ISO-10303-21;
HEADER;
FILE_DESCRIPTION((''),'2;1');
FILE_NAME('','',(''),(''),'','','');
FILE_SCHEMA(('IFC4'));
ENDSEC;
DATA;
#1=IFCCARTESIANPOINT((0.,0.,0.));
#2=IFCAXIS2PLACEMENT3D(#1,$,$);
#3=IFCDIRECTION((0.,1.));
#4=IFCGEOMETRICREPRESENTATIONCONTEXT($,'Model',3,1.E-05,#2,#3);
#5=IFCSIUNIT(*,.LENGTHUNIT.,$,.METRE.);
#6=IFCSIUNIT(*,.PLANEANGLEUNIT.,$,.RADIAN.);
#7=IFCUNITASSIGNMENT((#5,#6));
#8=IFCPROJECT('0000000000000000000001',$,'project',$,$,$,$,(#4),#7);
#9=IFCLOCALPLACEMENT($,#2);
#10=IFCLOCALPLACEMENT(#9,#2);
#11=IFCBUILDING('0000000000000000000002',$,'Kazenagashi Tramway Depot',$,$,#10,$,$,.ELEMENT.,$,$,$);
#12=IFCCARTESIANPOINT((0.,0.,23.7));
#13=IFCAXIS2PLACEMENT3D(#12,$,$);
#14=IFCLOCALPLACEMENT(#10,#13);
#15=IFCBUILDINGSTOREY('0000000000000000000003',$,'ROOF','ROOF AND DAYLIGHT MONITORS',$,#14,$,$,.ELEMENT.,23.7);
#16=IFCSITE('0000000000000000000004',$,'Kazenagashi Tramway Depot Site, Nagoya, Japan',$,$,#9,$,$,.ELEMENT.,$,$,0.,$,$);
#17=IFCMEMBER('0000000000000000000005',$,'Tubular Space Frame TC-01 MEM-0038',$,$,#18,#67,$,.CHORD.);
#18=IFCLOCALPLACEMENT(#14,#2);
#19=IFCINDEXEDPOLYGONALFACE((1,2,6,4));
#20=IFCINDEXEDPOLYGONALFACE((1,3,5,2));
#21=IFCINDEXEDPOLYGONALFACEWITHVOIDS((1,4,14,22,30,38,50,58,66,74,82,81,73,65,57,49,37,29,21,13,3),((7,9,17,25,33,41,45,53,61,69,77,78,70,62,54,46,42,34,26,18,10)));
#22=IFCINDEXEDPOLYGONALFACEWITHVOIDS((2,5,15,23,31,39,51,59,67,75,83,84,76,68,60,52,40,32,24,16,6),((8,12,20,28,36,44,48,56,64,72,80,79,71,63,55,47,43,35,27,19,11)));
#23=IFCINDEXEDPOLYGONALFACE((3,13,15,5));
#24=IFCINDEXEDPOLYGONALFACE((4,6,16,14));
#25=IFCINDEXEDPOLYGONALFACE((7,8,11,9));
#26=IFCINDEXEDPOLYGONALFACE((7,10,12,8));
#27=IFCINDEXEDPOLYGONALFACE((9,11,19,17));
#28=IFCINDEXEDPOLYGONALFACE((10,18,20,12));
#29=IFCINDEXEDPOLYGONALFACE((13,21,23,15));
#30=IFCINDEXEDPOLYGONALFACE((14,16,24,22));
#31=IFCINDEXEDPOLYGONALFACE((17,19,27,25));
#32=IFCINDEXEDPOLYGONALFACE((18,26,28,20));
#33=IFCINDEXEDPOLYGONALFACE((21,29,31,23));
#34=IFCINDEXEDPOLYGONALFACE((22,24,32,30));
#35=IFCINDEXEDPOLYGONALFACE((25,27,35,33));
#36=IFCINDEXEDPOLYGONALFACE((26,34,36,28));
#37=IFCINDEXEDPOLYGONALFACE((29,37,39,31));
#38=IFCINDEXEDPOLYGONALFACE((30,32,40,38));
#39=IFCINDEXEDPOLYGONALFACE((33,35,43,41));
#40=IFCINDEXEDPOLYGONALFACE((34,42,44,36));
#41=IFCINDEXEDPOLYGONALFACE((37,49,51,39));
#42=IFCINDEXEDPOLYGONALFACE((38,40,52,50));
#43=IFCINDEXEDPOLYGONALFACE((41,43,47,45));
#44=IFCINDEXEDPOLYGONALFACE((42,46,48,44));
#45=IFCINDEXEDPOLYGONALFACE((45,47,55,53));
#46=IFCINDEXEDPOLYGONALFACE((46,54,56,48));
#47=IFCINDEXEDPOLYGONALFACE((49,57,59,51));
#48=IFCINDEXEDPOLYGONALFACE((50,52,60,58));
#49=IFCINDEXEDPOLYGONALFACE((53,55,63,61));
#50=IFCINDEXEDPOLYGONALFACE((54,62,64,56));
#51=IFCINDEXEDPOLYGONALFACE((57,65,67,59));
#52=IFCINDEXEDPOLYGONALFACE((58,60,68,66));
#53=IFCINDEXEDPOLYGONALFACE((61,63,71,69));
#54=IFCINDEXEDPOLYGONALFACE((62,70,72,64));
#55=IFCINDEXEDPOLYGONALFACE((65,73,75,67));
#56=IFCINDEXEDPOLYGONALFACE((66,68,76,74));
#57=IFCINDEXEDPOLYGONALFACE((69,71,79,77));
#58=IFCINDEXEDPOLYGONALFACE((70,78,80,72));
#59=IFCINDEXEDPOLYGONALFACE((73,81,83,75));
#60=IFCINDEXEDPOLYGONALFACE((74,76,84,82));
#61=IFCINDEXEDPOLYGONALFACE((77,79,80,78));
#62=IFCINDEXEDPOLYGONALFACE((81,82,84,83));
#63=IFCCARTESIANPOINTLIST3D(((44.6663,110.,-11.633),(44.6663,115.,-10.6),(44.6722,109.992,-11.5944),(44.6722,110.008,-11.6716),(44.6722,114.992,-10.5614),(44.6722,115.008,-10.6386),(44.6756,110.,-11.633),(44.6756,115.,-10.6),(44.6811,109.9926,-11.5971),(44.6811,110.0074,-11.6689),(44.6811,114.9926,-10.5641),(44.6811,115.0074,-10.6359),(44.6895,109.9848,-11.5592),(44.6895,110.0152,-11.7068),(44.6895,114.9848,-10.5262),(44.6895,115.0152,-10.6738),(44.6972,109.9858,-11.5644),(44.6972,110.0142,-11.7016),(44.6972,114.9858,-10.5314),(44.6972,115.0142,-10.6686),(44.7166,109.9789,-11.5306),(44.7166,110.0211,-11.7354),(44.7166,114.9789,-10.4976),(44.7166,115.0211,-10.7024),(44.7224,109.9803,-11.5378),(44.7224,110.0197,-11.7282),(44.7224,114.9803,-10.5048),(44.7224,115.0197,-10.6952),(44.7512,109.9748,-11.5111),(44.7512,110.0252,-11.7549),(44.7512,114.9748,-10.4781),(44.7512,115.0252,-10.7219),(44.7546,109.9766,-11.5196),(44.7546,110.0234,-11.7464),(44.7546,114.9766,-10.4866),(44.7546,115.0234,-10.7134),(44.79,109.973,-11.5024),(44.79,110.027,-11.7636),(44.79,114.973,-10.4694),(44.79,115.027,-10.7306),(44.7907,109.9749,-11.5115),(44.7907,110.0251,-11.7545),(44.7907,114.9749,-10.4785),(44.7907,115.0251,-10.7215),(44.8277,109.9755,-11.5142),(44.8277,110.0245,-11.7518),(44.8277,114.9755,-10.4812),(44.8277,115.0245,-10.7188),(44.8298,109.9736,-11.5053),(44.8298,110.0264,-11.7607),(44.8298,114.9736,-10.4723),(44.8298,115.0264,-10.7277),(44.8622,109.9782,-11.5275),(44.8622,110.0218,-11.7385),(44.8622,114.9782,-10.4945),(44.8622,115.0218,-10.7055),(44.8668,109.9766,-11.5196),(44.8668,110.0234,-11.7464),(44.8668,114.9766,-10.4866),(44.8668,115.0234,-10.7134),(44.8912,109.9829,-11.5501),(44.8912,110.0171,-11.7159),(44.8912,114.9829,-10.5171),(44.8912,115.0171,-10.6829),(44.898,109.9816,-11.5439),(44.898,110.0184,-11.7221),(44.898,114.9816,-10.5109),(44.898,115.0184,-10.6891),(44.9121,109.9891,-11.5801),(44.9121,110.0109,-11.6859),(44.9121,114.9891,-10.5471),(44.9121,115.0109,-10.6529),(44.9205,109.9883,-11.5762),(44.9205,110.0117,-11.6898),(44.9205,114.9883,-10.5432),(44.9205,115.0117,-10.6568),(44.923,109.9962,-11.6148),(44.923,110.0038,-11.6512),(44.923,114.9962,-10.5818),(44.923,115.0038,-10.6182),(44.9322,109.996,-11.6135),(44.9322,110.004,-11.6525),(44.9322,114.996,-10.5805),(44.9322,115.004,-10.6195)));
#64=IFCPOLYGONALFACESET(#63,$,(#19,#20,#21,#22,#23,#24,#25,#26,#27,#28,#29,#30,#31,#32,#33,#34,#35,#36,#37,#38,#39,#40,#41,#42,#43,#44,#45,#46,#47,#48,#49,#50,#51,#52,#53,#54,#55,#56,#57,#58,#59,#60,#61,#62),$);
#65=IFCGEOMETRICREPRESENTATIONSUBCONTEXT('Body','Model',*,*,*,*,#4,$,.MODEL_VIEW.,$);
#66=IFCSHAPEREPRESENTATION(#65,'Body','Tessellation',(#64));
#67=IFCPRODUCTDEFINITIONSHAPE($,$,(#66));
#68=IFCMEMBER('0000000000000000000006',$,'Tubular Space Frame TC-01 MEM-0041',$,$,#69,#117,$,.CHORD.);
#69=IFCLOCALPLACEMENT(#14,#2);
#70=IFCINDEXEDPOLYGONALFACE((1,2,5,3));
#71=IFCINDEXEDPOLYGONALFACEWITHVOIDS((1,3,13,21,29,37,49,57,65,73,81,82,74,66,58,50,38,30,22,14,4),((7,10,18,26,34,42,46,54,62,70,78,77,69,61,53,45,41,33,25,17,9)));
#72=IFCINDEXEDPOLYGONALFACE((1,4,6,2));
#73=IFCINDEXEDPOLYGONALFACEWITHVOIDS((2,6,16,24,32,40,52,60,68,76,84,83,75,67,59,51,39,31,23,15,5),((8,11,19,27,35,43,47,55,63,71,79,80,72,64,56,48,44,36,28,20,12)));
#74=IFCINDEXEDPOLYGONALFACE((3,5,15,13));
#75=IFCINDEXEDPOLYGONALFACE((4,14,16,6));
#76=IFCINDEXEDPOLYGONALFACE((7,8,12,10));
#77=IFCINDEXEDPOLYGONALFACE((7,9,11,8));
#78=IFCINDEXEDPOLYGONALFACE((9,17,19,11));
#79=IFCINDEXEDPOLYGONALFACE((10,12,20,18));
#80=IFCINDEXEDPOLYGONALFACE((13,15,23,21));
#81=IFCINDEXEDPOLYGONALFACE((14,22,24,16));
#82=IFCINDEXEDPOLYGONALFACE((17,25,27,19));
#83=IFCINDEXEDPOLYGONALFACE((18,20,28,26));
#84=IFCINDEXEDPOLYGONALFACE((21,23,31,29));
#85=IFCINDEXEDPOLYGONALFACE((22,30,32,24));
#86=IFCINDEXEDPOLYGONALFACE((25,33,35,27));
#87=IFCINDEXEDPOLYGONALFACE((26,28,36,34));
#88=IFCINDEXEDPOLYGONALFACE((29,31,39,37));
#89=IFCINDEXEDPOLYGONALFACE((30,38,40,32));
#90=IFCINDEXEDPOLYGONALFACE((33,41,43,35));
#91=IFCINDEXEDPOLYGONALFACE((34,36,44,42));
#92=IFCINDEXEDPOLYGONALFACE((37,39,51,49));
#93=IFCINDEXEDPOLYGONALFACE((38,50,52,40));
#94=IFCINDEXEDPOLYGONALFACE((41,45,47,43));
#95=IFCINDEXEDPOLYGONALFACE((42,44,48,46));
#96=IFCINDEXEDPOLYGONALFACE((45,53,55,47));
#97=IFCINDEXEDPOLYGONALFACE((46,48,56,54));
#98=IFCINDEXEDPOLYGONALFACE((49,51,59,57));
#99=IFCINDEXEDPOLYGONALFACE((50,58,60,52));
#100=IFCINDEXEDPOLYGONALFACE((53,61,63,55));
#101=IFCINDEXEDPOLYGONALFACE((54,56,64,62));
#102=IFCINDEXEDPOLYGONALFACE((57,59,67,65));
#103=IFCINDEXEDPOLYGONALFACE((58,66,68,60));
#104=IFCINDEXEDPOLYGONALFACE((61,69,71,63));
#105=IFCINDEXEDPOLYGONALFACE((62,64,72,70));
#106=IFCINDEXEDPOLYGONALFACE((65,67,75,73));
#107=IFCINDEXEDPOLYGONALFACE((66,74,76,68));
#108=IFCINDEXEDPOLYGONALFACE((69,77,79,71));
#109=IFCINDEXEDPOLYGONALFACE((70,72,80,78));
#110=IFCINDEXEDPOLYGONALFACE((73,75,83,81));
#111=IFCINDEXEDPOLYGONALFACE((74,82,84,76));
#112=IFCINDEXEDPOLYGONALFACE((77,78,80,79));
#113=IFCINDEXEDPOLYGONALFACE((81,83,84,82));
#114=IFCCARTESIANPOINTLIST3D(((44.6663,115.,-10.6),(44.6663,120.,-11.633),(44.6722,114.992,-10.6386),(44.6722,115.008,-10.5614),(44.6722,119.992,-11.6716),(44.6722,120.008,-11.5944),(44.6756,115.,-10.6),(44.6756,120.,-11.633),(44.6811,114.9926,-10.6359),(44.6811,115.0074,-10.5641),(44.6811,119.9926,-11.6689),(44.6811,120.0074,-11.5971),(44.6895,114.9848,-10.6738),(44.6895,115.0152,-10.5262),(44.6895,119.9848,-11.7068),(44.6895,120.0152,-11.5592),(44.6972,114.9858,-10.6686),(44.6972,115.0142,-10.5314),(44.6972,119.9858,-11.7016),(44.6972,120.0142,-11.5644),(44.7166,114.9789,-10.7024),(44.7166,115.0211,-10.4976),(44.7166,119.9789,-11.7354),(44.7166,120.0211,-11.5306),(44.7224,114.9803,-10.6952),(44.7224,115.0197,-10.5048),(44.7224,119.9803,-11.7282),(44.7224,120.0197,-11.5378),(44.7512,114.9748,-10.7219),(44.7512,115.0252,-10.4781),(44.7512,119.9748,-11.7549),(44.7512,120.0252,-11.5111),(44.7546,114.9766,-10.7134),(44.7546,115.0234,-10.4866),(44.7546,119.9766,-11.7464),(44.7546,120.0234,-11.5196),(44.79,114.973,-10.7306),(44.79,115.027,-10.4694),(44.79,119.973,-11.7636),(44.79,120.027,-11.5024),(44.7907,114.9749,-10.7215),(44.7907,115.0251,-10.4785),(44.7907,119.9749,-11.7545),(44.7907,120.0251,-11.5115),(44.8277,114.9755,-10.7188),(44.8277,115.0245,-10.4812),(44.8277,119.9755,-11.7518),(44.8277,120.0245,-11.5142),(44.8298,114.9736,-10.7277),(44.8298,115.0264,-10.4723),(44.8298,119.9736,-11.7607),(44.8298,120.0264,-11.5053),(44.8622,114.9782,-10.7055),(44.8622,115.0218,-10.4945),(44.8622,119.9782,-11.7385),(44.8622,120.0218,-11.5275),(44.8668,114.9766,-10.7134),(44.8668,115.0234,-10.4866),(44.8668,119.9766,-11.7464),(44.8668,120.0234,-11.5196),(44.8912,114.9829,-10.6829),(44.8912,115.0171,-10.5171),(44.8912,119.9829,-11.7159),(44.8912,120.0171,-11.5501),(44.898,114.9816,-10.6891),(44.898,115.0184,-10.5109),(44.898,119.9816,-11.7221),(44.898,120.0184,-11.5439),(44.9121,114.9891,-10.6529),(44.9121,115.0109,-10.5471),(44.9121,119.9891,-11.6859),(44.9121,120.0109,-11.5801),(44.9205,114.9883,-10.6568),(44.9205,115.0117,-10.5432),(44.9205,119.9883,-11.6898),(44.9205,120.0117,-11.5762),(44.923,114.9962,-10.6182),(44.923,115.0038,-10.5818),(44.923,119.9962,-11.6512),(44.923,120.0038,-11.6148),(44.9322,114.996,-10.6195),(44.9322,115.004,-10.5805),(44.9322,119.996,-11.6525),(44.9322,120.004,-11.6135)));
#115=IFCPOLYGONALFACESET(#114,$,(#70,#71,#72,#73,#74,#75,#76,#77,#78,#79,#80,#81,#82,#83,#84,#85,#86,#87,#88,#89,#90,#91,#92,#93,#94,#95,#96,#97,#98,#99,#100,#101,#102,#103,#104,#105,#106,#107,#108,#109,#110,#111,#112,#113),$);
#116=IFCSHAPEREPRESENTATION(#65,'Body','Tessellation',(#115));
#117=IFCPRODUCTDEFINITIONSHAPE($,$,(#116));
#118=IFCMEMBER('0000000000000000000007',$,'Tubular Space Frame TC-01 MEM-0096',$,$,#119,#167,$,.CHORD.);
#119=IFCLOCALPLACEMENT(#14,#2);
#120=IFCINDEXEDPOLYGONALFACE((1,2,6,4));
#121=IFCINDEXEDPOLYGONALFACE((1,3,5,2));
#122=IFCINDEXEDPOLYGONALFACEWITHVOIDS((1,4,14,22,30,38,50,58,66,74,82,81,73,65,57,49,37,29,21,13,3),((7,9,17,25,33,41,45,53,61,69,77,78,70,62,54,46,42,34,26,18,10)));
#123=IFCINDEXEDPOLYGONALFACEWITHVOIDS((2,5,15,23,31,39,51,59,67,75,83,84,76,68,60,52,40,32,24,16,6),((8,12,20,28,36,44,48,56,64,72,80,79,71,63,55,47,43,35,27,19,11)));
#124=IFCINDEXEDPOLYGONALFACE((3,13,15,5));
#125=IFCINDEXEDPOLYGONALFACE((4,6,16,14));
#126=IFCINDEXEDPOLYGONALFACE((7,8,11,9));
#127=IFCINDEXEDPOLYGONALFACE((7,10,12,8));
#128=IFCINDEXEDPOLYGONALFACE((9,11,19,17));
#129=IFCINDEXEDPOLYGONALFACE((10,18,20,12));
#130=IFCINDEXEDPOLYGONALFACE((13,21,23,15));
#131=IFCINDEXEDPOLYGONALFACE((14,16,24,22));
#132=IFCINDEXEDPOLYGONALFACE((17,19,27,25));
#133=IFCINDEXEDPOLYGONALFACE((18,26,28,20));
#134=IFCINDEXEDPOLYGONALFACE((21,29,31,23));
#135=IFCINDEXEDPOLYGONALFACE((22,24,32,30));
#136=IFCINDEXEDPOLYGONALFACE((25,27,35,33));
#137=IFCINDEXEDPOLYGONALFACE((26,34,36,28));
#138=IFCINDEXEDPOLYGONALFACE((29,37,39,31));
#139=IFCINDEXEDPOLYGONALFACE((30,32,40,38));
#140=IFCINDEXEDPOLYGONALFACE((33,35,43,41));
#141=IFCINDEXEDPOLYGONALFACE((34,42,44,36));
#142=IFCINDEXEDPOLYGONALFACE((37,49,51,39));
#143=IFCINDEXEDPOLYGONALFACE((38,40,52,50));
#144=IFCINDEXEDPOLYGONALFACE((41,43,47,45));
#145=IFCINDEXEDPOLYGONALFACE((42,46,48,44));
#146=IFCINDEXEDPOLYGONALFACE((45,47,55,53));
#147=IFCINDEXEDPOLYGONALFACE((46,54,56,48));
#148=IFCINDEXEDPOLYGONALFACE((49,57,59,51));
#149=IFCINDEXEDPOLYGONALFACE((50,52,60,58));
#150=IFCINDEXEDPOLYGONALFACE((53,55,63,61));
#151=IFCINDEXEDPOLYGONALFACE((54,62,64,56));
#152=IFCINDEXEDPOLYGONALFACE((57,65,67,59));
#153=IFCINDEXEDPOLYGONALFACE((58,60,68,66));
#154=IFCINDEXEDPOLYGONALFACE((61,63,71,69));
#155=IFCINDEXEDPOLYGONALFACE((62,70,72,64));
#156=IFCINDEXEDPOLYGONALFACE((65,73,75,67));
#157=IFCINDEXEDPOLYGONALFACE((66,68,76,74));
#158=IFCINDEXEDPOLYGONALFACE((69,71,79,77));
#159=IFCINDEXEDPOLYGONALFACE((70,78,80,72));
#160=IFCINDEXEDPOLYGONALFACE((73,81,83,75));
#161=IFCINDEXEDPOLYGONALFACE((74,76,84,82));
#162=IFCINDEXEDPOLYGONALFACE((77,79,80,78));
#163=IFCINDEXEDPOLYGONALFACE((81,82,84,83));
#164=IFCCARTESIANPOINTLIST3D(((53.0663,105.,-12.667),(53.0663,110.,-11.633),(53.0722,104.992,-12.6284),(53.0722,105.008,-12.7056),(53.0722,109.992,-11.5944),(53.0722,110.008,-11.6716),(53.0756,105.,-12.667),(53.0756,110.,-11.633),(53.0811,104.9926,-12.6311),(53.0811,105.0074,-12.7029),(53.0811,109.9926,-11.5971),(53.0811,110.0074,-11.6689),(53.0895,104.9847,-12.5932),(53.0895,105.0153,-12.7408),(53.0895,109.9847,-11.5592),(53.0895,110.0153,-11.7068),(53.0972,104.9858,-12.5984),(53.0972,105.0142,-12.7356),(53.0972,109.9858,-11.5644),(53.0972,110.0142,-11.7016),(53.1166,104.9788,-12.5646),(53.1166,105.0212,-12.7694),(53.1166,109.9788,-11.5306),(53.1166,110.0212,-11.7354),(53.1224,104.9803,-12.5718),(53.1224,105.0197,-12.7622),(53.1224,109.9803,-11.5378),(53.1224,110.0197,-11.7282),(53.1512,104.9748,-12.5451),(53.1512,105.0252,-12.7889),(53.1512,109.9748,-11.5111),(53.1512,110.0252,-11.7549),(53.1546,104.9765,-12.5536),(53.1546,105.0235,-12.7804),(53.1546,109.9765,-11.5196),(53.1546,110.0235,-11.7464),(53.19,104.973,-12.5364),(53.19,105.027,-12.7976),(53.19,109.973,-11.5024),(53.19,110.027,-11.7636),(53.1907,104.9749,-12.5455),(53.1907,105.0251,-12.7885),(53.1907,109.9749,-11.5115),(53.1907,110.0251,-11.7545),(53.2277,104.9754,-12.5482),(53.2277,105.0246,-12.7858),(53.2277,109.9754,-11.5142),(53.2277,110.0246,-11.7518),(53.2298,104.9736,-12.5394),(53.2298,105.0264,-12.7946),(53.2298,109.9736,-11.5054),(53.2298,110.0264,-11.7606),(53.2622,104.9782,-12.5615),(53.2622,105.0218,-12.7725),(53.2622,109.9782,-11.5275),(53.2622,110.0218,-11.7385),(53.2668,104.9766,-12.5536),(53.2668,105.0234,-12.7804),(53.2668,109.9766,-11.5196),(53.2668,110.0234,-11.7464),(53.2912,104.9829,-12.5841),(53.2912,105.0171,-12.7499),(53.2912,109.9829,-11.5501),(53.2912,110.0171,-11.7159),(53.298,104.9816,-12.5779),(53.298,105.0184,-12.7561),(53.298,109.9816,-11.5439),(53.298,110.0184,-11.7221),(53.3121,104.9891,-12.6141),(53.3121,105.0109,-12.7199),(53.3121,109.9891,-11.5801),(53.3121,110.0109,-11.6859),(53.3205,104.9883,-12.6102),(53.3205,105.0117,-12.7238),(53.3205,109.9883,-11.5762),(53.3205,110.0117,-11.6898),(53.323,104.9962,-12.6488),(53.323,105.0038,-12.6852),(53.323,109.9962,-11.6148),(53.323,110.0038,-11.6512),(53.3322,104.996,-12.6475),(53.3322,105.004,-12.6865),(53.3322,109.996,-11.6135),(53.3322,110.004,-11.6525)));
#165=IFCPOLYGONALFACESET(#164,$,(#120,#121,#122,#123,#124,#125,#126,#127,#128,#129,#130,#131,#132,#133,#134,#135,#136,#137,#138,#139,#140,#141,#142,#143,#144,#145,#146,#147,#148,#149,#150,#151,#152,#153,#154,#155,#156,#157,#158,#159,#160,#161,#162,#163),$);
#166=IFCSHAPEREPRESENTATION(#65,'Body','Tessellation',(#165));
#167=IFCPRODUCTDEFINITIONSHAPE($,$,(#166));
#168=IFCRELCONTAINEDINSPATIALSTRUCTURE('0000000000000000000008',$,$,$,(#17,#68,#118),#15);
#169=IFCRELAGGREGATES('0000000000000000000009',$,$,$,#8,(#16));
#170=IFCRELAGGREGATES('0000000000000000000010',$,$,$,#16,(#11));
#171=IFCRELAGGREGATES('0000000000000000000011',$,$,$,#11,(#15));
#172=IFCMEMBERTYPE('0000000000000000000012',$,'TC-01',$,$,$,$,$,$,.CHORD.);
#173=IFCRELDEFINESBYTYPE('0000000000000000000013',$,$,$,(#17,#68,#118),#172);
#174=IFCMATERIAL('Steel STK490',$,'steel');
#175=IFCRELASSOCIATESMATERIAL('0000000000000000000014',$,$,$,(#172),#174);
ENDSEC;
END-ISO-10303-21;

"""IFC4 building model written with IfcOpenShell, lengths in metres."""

from ifc_helpers import new_model, si_unit, direction, frame, origin, origin_2d, place, context, subcontext, project, spatial, hollow_circle, extrude, material, material_profile, profile_set, type_object, element, save


model = new_model("IFC4")

# Units and contexts
model_context = context("Model", 3, precision=1e-05, world=origin(), true_north=direction((0.0, 1.0)))
body_context = subcontext(model_context, "Body", "Model", "MODEL_VIEW")
ifc_project = project(units=[si_unit("LENGTHUNIT", "METRE"), si_unit("PLANEANGLEUNIT", "RADIAN")], contexts=[model_context])

# Site, building, storey
site_placement = place(None, origin())
site = spatial("IfcSite", under=ifc_project, at=site_placement, Name="Kazenagashi Tramway Depot Site, Nagoya, Japan", CompositionType="ELEMENT", RefElevation=0.0)
building_placement = place(site_placement, origin())
building = spatial("IfcBuilding", under=site, at=building_placement, Name="Kazenagashi Tramway Depot", CompositionType="ELEMENT")
storey_placement = place(building_placement, frame((0.0, 0.0, 23.7)))
storey = spatial("IfcBuildingStorey", under=building, at=storey_placement, Name="ROOF", Description="ROOF AND DAYLIGHT MONITORS", CompositionType="ELEMENT", Elevation=23.7)

# Members
ifc_material_1 = material(Name="Steel STK490", Category="steel")
ifc_material_profile_1 = material_profile(ifc_material_1, hollow_circle(Radius=0.1337, WallThickness=0.0093, at=origin_2d()), Name="CHS-267.4x9.3")
ifc_profile_set_1 = profile_set([ifc_material_profile_1], Name="Steel STK490")
member_type_1 = type_object("IfcMemberType", Name="TC-01", PredefinedType="CHORD", material=ifc_profile_set_1)
for number, where, z_axis, x_axis, name in (
    (1, (44.8, 110.0, -11.633), (0.0, 0.979318, 0.202327), (-1.0, 0.0, 0.0), "Tubular Space Frame TC-01 MEM-0038"),
    (2, (44.8, 115.0, -10.6), (0.0, 0.979318, -0.202327), (-1.0, 0.0, 0.0), "Tubular Space Frame TC-01 MEM-0041"),
):
    element("IfcMember", number, at=place(storey_placement, frame(where, z_axis=z_axis, x_axis=x_axis)), inside=storey, type_object=member_type_1, Name=name, PredefinedType="CHORD", context=body_context, shape_type="SweptSolid", body=[
        extrude(hollow_circle(Radius=0.1337, WallThickness=0.0093, at=origin_2d()), origin(), (0.0, 0.0, 1.0), 5.1056),
    ])
member_1_placement = place(storey_placement, frame((53.2, 105.0, -12.667), z_axis=(0.0, 0.979279, 0.202515), x_axis=(-1.0, 0.0, 0.0)))
element("IfcMember", 3, at=member_1_placement, inside=storey, type_object=member_type_1, Name="Tubular Space Frame TC-01 MEM-0096", PredefinedType="CHORD", context=body_context, shape_type="SweptSolid", body=[
    extrude(hollow_circle(Radius=0.1337, WallThickness=0.0093, at=origin_2d()), origin(), (0.0, 0.0, 1.0), 5.1058),
])

save(model, "model.ifc")
